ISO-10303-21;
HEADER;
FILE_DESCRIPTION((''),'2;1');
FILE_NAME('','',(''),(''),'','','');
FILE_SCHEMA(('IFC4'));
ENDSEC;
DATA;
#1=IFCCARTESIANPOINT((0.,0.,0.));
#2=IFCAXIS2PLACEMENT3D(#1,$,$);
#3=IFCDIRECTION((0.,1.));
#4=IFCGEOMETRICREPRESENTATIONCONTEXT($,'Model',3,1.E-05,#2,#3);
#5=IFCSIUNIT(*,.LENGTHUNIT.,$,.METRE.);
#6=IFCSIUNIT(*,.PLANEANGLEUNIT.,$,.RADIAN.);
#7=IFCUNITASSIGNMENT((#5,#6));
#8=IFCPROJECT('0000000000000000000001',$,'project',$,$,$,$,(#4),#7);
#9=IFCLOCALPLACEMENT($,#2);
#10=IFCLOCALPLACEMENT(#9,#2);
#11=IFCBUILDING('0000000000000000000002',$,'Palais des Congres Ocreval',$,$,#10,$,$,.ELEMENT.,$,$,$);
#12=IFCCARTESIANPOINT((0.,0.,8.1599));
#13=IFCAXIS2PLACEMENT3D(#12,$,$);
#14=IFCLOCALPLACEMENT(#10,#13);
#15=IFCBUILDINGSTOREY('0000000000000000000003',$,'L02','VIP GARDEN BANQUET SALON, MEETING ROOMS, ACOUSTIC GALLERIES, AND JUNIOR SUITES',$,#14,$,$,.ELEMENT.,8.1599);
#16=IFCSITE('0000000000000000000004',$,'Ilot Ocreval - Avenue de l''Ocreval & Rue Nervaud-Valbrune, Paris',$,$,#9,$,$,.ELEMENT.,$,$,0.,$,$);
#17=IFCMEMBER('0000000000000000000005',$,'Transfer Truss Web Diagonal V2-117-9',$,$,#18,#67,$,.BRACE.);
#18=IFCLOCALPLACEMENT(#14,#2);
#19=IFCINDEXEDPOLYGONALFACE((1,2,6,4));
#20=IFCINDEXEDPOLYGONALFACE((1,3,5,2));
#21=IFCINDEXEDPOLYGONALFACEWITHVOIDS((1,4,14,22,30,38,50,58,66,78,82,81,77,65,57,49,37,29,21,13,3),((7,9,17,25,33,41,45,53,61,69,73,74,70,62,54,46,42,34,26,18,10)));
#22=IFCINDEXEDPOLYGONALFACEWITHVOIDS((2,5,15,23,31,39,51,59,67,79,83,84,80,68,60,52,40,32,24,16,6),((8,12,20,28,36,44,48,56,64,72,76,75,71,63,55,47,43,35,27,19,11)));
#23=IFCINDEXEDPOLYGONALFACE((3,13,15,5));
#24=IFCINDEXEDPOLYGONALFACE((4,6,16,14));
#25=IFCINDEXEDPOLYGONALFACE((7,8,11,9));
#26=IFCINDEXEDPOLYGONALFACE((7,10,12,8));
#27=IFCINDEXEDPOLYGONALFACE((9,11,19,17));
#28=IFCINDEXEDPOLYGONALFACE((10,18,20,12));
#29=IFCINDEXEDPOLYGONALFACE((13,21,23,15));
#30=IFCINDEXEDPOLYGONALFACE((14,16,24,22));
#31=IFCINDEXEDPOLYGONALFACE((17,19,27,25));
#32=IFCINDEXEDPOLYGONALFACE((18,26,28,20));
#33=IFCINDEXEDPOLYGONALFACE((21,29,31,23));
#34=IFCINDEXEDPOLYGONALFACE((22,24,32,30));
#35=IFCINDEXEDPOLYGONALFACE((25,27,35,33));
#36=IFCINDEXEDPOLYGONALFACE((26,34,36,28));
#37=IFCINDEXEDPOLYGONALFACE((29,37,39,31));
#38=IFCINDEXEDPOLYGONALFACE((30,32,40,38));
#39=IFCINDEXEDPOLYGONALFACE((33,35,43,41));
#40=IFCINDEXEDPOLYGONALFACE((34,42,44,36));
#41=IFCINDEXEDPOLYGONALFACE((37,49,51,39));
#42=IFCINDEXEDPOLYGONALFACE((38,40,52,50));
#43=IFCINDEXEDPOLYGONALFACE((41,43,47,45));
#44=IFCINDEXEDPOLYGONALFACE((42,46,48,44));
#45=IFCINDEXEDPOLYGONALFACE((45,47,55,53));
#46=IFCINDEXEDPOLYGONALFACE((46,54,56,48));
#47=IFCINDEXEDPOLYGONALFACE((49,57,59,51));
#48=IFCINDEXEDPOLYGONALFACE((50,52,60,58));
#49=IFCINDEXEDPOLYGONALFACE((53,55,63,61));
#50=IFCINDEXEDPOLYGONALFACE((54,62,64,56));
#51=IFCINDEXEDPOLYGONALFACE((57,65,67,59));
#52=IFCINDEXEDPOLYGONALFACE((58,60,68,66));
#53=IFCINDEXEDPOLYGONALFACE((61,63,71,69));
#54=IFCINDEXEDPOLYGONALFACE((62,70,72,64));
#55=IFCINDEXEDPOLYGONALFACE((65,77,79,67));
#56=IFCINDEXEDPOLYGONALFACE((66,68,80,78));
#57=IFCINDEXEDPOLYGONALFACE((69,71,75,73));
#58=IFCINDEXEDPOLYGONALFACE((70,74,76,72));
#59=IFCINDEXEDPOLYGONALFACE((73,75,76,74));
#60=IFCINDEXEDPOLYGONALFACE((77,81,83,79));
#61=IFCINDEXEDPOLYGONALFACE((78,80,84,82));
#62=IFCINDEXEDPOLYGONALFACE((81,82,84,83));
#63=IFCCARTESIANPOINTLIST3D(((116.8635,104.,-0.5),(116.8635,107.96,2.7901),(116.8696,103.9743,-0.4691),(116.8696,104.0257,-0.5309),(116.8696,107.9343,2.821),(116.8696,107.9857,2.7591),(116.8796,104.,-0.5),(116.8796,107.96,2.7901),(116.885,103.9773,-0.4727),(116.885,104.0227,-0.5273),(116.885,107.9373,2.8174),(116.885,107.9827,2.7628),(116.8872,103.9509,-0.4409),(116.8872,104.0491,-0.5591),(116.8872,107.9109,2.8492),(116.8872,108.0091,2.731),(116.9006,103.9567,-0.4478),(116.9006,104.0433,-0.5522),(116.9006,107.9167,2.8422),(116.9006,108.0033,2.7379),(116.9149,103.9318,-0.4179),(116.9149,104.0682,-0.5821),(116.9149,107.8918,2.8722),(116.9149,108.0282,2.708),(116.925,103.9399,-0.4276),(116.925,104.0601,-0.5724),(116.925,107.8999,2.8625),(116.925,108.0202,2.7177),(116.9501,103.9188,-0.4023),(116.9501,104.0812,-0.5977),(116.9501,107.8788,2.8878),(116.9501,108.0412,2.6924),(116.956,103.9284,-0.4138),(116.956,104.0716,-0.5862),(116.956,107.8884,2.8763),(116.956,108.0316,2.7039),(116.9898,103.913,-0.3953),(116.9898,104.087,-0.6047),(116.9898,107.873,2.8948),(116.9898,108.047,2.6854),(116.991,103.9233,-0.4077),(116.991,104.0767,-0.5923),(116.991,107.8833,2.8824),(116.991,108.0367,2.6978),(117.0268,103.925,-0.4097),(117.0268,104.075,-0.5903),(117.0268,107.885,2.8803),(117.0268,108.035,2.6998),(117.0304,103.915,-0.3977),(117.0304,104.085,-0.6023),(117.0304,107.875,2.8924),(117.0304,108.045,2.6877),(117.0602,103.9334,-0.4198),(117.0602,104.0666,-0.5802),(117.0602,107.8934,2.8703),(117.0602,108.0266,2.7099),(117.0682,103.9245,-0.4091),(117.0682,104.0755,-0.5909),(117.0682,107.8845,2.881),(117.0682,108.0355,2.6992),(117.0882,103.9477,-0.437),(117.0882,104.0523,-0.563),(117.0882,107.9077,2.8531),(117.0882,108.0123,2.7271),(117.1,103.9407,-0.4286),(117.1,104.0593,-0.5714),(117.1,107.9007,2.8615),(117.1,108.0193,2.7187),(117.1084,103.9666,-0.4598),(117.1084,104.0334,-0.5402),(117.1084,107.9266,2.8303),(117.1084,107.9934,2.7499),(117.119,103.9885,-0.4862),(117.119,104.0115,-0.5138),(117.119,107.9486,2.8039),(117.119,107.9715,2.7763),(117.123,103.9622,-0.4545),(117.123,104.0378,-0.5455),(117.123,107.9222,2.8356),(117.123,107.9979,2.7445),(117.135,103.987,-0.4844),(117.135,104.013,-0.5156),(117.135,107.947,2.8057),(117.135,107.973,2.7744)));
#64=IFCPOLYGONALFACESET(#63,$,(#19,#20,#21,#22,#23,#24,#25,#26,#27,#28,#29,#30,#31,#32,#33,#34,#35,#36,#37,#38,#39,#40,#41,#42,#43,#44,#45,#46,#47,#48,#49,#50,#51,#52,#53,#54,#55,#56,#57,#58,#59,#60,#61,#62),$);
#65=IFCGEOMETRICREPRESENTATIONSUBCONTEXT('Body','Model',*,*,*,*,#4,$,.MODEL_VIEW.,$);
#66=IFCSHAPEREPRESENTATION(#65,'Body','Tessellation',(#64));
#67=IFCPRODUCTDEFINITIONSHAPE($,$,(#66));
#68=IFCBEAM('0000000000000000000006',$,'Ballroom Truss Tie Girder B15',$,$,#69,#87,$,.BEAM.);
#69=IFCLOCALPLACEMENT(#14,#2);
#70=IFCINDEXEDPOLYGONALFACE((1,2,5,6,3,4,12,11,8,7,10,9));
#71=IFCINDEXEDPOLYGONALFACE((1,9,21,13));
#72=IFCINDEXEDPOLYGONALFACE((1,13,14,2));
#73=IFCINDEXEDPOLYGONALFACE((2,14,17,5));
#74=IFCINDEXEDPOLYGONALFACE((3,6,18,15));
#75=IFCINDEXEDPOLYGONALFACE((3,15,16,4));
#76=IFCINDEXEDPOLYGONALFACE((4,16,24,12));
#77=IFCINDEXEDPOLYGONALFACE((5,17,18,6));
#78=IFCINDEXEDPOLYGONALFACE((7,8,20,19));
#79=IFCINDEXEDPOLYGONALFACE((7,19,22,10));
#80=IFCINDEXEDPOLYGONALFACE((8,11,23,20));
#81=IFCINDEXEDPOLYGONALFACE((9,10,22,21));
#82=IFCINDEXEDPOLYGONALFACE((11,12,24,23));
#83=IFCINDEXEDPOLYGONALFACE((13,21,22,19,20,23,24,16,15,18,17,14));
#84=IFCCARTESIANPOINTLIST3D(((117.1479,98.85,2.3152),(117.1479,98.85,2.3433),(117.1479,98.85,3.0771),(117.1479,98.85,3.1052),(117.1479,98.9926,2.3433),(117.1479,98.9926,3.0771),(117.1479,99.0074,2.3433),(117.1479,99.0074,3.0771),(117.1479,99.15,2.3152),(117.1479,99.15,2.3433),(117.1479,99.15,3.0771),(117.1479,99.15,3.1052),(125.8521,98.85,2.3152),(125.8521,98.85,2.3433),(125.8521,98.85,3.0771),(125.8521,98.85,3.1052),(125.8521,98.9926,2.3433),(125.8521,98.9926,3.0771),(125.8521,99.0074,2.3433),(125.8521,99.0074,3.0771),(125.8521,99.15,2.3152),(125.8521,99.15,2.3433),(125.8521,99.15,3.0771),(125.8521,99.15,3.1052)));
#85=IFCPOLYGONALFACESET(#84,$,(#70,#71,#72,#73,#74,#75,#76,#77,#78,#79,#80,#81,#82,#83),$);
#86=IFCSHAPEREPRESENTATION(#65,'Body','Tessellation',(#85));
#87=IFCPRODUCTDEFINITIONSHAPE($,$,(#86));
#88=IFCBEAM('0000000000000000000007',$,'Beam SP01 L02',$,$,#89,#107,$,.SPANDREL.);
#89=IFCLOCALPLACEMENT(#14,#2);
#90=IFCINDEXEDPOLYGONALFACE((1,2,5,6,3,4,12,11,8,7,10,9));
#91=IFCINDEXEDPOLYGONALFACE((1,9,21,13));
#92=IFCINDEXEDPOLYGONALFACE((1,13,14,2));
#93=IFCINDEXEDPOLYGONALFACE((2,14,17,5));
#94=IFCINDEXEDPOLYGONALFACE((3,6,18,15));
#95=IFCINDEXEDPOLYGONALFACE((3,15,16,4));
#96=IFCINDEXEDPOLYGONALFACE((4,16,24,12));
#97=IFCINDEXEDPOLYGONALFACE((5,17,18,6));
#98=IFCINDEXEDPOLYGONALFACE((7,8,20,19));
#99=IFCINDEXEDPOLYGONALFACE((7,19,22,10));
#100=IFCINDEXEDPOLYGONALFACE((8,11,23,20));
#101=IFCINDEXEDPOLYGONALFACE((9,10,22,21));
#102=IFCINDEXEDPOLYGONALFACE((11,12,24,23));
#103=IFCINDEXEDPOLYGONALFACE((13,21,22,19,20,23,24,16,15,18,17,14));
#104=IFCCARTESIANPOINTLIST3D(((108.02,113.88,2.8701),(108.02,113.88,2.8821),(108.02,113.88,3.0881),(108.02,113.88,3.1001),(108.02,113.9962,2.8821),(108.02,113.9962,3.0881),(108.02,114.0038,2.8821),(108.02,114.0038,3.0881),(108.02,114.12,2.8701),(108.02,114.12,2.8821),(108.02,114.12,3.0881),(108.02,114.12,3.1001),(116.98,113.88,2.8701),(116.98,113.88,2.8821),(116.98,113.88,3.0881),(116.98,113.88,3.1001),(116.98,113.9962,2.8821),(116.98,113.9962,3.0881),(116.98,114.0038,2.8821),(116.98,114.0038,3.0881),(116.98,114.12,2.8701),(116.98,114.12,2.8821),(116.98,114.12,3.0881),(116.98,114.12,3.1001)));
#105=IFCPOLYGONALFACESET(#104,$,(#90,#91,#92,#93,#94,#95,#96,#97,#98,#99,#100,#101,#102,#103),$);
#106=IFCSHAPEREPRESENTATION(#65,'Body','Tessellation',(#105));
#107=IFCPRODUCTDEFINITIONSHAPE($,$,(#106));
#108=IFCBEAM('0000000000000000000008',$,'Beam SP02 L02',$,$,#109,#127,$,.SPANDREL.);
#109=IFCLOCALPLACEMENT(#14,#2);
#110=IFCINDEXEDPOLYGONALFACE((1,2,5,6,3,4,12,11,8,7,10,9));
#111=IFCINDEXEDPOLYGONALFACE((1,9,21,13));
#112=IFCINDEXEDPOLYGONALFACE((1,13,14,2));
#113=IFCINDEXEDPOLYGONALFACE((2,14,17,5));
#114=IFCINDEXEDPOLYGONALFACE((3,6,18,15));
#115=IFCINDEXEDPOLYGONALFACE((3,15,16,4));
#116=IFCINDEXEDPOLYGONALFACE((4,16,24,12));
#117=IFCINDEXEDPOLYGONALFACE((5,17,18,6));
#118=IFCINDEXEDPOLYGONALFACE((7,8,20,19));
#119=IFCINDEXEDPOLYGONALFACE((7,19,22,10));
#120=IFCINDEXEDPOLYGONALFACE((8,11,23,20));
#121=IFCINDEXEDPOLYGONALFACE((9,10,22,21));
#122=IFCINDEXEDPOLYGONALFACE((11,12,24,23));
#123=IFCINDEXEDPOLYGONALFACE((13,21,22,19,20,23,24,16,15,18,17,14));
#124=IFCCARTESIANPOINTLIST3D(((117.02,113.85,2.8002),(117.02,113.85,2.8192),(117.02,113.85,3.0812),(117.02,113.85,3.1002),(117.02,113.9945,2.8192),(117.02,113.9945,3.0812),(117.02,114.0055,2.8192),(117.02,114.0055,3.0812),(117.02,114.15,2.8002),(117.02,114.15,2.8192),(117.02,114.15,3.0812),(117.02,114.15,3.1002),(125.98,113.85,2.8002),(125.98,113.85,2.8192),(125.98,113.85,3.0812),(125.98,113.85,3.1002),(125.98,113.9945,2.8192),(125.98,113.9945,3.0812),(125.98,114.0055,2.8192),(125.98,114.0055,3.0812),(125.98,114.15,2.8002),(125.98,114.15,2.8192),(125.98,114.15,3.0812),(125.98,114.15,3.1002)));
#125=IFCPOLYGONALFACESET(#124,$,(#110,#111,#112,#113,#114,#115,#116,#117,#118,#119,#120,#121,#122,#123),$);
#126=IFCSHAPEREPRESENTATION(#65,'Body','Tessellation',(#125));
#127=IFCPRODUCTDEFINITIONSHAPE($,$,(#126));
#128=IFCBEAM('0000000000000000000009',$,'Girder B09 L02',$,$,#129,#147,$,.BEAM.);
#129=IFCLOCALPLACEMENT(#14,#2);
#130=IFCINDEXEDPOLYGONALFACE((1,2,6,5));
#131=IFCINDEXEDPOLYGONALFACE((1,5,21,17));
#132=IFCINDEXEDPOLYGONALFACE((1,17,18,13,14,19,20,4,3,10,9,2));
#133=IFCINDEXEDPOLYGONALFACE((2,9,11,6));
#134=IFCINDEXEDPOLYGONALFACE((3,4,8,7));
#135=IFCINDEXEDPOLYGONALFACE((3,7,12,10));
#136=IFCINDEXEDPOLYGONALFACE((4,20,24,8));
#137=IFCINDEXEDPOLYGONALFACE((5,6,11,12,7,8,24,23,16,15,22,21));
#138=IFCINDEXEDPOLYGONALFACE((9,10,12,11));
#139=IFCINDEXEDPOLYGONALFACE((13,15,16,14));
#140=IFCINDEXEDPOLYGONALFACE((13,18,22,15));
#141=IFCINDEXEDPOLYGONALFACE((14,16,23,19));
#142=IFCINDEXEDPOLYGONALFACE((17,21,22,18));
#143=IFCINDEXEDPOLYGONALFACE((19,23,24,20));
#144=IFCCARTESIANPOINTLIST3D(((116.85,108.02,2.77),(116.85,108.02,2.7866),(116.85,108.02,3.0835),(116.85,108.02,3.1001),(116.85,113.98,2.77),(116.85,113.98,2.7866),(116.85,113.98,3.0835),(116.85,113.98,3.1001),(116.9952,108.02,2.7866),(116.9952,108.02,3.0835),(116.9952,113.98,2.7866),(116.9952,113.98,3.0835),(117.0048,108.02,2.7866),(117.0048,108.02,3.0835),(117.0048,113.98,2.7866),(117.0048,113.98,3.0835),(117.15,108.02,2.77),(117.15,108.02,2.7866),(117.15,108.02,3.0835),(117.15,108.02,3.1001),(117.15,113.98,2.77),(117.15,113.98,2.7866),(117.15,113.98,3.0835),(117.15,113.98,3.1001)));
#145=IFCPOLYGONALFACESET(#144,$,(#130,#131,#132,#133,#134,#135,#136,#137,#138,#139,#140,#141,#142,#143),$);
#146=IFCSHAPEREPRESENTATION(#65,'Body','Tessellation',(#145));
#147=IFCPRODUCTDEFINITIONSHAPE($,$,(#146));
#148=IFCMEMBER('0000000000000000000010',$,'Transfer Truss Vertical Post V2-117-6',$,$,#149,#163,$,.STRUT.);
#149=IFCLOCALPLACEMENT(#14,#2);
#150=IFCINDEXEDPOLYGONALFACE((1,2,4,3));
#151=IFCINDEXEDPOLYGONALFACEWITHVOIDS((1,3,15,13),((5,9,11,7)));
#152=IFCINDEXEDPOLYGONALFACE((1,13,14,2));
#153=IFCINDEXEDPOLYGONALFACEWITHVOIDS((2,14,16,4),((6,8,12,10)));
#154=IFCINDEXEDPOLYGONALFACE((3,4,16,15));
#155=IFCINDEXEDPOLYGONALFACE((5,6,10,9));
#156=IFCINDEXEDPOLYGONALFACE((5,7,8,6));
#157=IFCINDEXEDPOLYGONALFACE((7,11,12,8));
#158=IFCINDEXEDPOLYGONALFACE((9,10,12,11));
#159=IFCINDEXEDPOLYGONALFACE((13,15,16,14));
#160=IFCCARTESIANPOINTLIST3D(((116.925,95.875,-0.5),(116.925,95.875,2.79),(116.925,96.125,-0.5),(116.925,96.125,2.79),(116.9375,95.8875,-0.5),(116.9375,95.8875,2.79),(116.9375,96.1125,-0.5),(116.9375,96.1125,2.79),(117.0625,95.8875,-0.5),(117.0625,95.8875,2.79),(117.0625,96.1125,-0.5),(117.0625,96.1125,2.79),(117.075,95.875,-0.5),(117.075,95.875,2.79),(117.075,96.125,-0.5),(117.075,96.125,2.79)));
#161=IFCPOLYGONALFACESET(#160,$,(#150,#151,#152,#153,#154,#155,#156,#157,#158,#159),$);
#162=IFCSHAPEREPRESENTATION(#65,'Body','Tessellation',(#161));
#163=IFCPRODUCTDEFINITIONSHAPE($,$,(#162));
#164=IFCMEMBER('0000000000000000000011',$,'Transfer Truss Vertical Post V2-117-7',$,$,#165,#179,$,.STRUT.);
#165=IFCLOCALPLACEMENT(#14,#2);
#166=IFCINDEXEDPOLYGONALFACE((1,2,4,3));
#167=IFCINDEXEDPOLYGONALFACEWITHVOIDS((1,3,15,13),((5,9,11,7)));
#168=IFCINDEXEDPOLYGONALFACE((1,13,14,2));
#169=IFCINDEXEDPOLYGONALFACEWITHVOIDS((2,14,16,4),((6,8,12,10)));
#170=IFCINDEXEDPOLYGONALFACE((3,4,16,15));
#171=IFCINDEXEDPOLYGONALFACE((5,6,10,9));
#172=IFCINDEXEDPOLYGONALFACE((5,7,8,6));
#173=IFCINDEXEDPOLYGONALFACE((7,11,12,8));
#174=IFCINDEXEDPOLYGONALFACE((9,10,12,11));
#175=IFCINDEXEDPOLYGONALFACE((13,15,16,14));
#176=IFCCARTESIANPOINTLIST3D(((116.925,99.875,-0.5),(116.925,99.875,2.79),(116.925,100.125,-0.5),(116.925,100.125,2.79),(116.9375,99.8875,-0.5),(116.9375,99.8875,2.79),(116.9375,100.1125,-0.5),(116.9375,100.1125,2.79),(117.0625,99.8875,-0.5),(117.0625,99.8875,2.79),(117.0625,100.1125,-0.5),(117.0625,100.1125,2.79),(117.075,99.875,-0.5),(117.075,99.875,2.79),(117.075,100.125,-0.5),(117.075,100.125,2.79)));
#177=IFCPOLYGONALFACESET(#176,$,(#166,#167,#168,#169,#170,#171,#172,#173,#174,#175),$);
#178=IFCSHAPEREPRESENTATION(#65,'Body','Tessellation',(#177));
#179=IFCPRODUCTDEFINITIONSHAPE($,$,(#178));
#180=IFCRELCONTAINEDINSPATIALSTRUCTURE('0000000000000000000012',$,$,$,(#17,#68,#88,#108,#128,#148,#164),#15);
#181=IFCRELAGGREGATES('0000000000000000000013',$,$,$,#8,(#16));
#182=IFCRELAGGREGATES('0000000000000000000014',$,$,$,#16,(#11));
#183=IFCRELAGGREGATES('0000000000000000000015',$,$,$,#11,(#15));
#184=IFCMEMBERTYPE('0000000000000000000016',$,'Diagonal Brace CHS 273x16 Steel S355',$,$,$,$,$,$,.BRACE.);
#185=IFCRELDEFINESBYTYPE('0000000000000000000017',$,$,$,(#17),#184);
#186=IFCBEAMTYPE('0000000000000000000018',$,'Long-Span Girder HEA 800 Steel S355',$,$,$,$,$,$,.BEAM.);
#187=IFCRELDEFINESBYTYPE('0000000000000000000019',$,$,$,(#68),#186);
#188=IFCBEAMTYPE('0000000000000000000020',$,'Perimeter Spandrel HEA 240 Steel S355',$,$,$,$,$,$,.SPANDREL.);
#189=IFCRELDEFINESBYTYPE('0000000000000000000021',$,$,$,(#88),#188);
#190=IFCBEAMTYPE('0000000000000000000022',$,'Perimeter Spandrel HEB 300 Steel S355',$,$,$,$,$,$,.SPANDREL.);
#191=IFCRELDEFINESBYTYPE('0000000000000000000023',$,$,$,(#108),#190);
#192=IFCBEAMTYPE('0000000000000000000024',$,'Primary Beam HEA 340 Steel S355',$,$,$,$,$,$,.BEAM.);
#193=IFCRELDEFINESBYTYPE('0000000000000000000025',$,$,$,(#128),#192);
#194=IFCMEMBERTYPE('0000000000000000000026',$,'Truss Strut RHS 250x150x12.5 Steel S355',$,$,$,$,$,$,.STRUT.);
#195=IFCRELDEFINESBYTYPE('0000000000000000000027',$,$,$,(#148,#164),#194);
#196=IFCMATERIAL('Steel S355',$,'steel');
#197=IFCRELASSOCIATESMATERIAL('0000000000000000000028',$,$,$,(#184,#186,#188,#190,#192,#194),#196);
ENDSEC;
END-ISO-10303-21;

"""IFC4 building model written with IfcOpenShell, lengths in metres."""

from ifc_helpers import new_model, si_unit, direction, frame, origin, origin_2d, place, context, subcontext, project, spatial, hollow_rectangle, hollow_circle, i_section, extrude, material, material_profile, profile_set, type_object, element, save


model = new_model("IFC4")

# Units and contexts
model_context = context("Model", 3, precision=1e-05, world=origin(), true_north=direction((0.0, 1.0)))
body_context = subcontext(model_context, "Body", "Model", "MODEL_VIEW")
ifc_project = project(units=[si_unit("LENGTHUNIT", "METRE"), si_unit("PLANEANGLEUNIT", "RADIAN")], contexts=[model_context])

# Site, building, storey
site_placement = place(None, origin())
site = spatial("IfcSite", under=ifc_project, at=site_placement, Name="Ilot Ocreval - Avenue de l'Ocreval & Rue Nervaud-Valbrune, Paris", CompositionType="ELEMENT", RefElevation=0.0)
building_placement = place(site_placement, origin())
building = spatial("IfcBuilding", under=site, at=building_placement, Name="Palais des Congres Ocreval", CompositionType="ELEMENT")
storey_placement = place(building_placement, frame((0.0, 0.0, 8.1599)))
storey = spatial("IfcBuildingStorey", under=building, at=storey_placement, Name="L02", Description="VIP GARDEN BANQUET SALON, MEETING ROOMS, ACOUSTIC GALLERIES, AND JUNIOR SUITES", CompositionType="ELEMENT", Elevation=8.1599)

# Shared definitions
ifc_material_1 = material(Name="Steel S355", Category="steel")

# Member
ifc_material_profile_1 = material_profile(ifc_material_1, hollow_circle(Radius=0.1365, WallThickness=0.0161, at=origin_2d()), Name="CHS 273x16")
ifc_profile_set_1 = profile_set([ifc_material_profile_1], Name="Steel S355")
member_type_1 = type_object("IfcMemberType", Name="Diagonal Brace CHS 273x16 Steel S355", PredefinedType="BRACE", material=ifc_profile_set_1)
member_1_placement = place(storey_placement, frame((117.0, 104.0, -0.5), z_axis=(0.0, 0.769169, 0.639046), x_axis=(-1.0, 0.0, 0.0)))
element("IfcMember", 1, at=member_1_placement, inside=storey, type_object=member_type_1, Name="Transfer Truss Web Diagonal V2-117-9", PredefinedType="BRACE", context=body_context, shape_type="SweptSolid", body=[
    extrude(hollow_circle(Radius=0.1365, WallThickness=0.0161, at=origin_2d()), origin(), (0.0, 0.0, 1.0), 5.1484),
])

# Beams
ifc_material_profile_2 = material_profile(ifc_material_1, i_section(OverallWidth=0.3, OverallDepth=0.79, WebThickness=0.0149, FlangeThickness=0.0281, at=origin_2d()), Name="HEA 800")
ifc_profile_set_2 = profile_set([ifc_material_profile_2], Name="Steel S355")
beam_type_1 = type_object("IfcBeamType", Name="Long-Span Girder HEA 800 Steel S355", PredefinedType="BEAM", material=ifc_profile_set_2)
beam_1_placement = place(storey_placement, frame((117.1479, 99.0, 2.7102), z_axis=(1.0, 0.0, 0.0), x_axis=(0.0, 1.0, 0.0)))
element("IfcBeam", 2, at=beam_1_placement, inside=storey, type_object=beam_type_1, Name="Ballroom Truss Tie Girder B15", PredefinedType="BEAM", context=body_context, shape_type="SweptSolid", body=[
    extrude(i_section(OverallWidth=0.3, OverallDepth=0.79, WebThickness=0.0149, FlangeThickness=0.0281, at=origin_2d()), origin(), (0.0, 0.0, 1.0), 8.7041),
])
ifc_material_profile_3 = material_profile(ifc_material_1, i_section(OverallWidth=0.24, OverallDepth=0.23, WebThickness=0.0076, FlangeThickness=0.012, at=origin_2d()), Name="HEA 240")
ifc_profile_set_3 = profile_set([ifc_material_profile_3], Name="Steel S355")
beam_type_2 = type_object("IfcBeamType", Name="Perimeter Spandrel HEA 240 Steel S355", PredefinedType="SPANDREL", material=ifc_profile_set_3)
beam_2_placement = place(storey_placement, frame((108.02, 114.0, 2.9851), z_axis=(1.0, 0.0, 0.0), x_axis=(0.0, 1.0, 0.0)))
element("IfcBeam", 3, at=beam_2_placement, inside=storey, type_object=beam_type_2, Name="Beam SP01 L02", PredefinedType="SPANDREL", context=body_context, shape_type="SweptSolid", body=[
    extrude(i_section(OverallWidth=0.24, OverallDepth=0.23, WebThickness=0.0076, FlangeThickness=0.012, at=origin_2d()), origin(), (0.0, 0.0, 1.0), 8.96),
])
ifc_material_profile_4 = material_profile(ifc_material_1, i_section(OverallWidth=0.3, OverallDepth=0.3, WebThickness=0.011, FlangeThickness=0.019, at=origin_2d()), Name="HEB 300")
ifc_profile_set_4 = profile_set([ifc_material_profile_4], Name="Steel S355")
beam_type_3 = type_object("IfcBeamType", Name="Perimeter Spandrel HEB 300 Steel S355", PredefinedType="SPANDREL", material=ifc_profile_set_4)
beam_3_placement = place(storey_placement, frame((117.02, 114.0, 2.9502), z_axis=(1.0, 0.0, 0.0), x_axis=(0.0, 1.0, 0.0)))
element("IfcBeam", 4, at=beam_3_placement, inside=storey, type_object=beam_type_3, Name="Beam SP02 L02", PredefinedType="SPANDREL", context=body_context, shape_type="SweptSolid", body=[
    extrude(i_section(OverallWidth=0.3, OverallDepth=0.3, WebThickness=0.011, FlangeThickness=0.019, at=origin_2d()), origin(), (0.0, 0.0, 1.0), 8.96),
])
ifc_material_profile_5 = material_profile(ifc_material_1, i_section(OverallWidth=0.3, OverallDepth=0.3301, WebThickness=0.0095, FlangeThickness=0.0166, at=origin_2d()), Name="HEA 340")
ifc_profile_set_5 = profile_set([ifc_material_profile_5], Name="Steel S355")
beam_type_4 = type_object("IfcBeamType", Name="Primary Beam HEA 340 Steel S355", PredefinedType="BEAM", material=ifc_profile_set_5)
beam_4_placement = place(storey_placement, frame((117.0, 108.02, 2.9351), z_axis=(0.0, 1.0, 0.0), x_axis=(-1.0, 0.0, 0.0)))
element("IfcBeam", 5, at=beam_4_placement, inside=storey, type_object=beam_type_4, Name="Girder B09 L02", PredefinedType="BEAM", context=body_context, shape_type="SweptSolid", body=[
    extrude(i_section(OverallWidth=0.3, OverallDepth=0.3301, WebThickness=0.0095, FlangeThickness=0.0166, at=origin_2d()), origin(), (0.0, 0.0, 1.0), 5.96),
])

# Members
ifc_material_profile_6 = material_profile(ifc_material_1, hollow_rectangle(XDim=0.1499, YDim=0.25, WallThickness=0.0125, at=origin_2d()), Name="RHS 250x150x12.5")
ifc_profile_set_6 = profile_set([ifc_material_profile_6], Name="Steel S355")
member_type_2 = type_object("IfcMemberType", Name="Truss Strut RHS 250x150x12.5 Steel S355", PredefinedType="STRUT", material=ifc_profile_set_6)
for number, where, z_axis, x_axis, name in (
    (6, (117.0, 96.0, -0.5), (0.0, 0.0, 1.0), (1.0, 0.0, 0.0), "Transfer Truss Vertical Post V2-117-6"),
    (7, (117.0, 100.0, -0.5), (0.0, 0.0, 1.0), (1.0, 0.0, 0.0), "Transfer Truss Vertical Post V2-117-7"),
):
    element("IfcMember", number, at=place(storey_placement, frame(where, z_axis=z_axis, x_axis=x_axis)), inside=storey, type_object=member_type_2, Name=name, PredefinedType="STRUT", context=body_context, shape_type="SweptSolid", body=[
        extrude(hollow_rectangle(XDim=0.1499, YDim=0.25, WallThickness=0.0125, at=origin_2d()), origin(), (0.0, 0.0, 1.0), 3.29),
    ])

save(model, "model.ifc")
